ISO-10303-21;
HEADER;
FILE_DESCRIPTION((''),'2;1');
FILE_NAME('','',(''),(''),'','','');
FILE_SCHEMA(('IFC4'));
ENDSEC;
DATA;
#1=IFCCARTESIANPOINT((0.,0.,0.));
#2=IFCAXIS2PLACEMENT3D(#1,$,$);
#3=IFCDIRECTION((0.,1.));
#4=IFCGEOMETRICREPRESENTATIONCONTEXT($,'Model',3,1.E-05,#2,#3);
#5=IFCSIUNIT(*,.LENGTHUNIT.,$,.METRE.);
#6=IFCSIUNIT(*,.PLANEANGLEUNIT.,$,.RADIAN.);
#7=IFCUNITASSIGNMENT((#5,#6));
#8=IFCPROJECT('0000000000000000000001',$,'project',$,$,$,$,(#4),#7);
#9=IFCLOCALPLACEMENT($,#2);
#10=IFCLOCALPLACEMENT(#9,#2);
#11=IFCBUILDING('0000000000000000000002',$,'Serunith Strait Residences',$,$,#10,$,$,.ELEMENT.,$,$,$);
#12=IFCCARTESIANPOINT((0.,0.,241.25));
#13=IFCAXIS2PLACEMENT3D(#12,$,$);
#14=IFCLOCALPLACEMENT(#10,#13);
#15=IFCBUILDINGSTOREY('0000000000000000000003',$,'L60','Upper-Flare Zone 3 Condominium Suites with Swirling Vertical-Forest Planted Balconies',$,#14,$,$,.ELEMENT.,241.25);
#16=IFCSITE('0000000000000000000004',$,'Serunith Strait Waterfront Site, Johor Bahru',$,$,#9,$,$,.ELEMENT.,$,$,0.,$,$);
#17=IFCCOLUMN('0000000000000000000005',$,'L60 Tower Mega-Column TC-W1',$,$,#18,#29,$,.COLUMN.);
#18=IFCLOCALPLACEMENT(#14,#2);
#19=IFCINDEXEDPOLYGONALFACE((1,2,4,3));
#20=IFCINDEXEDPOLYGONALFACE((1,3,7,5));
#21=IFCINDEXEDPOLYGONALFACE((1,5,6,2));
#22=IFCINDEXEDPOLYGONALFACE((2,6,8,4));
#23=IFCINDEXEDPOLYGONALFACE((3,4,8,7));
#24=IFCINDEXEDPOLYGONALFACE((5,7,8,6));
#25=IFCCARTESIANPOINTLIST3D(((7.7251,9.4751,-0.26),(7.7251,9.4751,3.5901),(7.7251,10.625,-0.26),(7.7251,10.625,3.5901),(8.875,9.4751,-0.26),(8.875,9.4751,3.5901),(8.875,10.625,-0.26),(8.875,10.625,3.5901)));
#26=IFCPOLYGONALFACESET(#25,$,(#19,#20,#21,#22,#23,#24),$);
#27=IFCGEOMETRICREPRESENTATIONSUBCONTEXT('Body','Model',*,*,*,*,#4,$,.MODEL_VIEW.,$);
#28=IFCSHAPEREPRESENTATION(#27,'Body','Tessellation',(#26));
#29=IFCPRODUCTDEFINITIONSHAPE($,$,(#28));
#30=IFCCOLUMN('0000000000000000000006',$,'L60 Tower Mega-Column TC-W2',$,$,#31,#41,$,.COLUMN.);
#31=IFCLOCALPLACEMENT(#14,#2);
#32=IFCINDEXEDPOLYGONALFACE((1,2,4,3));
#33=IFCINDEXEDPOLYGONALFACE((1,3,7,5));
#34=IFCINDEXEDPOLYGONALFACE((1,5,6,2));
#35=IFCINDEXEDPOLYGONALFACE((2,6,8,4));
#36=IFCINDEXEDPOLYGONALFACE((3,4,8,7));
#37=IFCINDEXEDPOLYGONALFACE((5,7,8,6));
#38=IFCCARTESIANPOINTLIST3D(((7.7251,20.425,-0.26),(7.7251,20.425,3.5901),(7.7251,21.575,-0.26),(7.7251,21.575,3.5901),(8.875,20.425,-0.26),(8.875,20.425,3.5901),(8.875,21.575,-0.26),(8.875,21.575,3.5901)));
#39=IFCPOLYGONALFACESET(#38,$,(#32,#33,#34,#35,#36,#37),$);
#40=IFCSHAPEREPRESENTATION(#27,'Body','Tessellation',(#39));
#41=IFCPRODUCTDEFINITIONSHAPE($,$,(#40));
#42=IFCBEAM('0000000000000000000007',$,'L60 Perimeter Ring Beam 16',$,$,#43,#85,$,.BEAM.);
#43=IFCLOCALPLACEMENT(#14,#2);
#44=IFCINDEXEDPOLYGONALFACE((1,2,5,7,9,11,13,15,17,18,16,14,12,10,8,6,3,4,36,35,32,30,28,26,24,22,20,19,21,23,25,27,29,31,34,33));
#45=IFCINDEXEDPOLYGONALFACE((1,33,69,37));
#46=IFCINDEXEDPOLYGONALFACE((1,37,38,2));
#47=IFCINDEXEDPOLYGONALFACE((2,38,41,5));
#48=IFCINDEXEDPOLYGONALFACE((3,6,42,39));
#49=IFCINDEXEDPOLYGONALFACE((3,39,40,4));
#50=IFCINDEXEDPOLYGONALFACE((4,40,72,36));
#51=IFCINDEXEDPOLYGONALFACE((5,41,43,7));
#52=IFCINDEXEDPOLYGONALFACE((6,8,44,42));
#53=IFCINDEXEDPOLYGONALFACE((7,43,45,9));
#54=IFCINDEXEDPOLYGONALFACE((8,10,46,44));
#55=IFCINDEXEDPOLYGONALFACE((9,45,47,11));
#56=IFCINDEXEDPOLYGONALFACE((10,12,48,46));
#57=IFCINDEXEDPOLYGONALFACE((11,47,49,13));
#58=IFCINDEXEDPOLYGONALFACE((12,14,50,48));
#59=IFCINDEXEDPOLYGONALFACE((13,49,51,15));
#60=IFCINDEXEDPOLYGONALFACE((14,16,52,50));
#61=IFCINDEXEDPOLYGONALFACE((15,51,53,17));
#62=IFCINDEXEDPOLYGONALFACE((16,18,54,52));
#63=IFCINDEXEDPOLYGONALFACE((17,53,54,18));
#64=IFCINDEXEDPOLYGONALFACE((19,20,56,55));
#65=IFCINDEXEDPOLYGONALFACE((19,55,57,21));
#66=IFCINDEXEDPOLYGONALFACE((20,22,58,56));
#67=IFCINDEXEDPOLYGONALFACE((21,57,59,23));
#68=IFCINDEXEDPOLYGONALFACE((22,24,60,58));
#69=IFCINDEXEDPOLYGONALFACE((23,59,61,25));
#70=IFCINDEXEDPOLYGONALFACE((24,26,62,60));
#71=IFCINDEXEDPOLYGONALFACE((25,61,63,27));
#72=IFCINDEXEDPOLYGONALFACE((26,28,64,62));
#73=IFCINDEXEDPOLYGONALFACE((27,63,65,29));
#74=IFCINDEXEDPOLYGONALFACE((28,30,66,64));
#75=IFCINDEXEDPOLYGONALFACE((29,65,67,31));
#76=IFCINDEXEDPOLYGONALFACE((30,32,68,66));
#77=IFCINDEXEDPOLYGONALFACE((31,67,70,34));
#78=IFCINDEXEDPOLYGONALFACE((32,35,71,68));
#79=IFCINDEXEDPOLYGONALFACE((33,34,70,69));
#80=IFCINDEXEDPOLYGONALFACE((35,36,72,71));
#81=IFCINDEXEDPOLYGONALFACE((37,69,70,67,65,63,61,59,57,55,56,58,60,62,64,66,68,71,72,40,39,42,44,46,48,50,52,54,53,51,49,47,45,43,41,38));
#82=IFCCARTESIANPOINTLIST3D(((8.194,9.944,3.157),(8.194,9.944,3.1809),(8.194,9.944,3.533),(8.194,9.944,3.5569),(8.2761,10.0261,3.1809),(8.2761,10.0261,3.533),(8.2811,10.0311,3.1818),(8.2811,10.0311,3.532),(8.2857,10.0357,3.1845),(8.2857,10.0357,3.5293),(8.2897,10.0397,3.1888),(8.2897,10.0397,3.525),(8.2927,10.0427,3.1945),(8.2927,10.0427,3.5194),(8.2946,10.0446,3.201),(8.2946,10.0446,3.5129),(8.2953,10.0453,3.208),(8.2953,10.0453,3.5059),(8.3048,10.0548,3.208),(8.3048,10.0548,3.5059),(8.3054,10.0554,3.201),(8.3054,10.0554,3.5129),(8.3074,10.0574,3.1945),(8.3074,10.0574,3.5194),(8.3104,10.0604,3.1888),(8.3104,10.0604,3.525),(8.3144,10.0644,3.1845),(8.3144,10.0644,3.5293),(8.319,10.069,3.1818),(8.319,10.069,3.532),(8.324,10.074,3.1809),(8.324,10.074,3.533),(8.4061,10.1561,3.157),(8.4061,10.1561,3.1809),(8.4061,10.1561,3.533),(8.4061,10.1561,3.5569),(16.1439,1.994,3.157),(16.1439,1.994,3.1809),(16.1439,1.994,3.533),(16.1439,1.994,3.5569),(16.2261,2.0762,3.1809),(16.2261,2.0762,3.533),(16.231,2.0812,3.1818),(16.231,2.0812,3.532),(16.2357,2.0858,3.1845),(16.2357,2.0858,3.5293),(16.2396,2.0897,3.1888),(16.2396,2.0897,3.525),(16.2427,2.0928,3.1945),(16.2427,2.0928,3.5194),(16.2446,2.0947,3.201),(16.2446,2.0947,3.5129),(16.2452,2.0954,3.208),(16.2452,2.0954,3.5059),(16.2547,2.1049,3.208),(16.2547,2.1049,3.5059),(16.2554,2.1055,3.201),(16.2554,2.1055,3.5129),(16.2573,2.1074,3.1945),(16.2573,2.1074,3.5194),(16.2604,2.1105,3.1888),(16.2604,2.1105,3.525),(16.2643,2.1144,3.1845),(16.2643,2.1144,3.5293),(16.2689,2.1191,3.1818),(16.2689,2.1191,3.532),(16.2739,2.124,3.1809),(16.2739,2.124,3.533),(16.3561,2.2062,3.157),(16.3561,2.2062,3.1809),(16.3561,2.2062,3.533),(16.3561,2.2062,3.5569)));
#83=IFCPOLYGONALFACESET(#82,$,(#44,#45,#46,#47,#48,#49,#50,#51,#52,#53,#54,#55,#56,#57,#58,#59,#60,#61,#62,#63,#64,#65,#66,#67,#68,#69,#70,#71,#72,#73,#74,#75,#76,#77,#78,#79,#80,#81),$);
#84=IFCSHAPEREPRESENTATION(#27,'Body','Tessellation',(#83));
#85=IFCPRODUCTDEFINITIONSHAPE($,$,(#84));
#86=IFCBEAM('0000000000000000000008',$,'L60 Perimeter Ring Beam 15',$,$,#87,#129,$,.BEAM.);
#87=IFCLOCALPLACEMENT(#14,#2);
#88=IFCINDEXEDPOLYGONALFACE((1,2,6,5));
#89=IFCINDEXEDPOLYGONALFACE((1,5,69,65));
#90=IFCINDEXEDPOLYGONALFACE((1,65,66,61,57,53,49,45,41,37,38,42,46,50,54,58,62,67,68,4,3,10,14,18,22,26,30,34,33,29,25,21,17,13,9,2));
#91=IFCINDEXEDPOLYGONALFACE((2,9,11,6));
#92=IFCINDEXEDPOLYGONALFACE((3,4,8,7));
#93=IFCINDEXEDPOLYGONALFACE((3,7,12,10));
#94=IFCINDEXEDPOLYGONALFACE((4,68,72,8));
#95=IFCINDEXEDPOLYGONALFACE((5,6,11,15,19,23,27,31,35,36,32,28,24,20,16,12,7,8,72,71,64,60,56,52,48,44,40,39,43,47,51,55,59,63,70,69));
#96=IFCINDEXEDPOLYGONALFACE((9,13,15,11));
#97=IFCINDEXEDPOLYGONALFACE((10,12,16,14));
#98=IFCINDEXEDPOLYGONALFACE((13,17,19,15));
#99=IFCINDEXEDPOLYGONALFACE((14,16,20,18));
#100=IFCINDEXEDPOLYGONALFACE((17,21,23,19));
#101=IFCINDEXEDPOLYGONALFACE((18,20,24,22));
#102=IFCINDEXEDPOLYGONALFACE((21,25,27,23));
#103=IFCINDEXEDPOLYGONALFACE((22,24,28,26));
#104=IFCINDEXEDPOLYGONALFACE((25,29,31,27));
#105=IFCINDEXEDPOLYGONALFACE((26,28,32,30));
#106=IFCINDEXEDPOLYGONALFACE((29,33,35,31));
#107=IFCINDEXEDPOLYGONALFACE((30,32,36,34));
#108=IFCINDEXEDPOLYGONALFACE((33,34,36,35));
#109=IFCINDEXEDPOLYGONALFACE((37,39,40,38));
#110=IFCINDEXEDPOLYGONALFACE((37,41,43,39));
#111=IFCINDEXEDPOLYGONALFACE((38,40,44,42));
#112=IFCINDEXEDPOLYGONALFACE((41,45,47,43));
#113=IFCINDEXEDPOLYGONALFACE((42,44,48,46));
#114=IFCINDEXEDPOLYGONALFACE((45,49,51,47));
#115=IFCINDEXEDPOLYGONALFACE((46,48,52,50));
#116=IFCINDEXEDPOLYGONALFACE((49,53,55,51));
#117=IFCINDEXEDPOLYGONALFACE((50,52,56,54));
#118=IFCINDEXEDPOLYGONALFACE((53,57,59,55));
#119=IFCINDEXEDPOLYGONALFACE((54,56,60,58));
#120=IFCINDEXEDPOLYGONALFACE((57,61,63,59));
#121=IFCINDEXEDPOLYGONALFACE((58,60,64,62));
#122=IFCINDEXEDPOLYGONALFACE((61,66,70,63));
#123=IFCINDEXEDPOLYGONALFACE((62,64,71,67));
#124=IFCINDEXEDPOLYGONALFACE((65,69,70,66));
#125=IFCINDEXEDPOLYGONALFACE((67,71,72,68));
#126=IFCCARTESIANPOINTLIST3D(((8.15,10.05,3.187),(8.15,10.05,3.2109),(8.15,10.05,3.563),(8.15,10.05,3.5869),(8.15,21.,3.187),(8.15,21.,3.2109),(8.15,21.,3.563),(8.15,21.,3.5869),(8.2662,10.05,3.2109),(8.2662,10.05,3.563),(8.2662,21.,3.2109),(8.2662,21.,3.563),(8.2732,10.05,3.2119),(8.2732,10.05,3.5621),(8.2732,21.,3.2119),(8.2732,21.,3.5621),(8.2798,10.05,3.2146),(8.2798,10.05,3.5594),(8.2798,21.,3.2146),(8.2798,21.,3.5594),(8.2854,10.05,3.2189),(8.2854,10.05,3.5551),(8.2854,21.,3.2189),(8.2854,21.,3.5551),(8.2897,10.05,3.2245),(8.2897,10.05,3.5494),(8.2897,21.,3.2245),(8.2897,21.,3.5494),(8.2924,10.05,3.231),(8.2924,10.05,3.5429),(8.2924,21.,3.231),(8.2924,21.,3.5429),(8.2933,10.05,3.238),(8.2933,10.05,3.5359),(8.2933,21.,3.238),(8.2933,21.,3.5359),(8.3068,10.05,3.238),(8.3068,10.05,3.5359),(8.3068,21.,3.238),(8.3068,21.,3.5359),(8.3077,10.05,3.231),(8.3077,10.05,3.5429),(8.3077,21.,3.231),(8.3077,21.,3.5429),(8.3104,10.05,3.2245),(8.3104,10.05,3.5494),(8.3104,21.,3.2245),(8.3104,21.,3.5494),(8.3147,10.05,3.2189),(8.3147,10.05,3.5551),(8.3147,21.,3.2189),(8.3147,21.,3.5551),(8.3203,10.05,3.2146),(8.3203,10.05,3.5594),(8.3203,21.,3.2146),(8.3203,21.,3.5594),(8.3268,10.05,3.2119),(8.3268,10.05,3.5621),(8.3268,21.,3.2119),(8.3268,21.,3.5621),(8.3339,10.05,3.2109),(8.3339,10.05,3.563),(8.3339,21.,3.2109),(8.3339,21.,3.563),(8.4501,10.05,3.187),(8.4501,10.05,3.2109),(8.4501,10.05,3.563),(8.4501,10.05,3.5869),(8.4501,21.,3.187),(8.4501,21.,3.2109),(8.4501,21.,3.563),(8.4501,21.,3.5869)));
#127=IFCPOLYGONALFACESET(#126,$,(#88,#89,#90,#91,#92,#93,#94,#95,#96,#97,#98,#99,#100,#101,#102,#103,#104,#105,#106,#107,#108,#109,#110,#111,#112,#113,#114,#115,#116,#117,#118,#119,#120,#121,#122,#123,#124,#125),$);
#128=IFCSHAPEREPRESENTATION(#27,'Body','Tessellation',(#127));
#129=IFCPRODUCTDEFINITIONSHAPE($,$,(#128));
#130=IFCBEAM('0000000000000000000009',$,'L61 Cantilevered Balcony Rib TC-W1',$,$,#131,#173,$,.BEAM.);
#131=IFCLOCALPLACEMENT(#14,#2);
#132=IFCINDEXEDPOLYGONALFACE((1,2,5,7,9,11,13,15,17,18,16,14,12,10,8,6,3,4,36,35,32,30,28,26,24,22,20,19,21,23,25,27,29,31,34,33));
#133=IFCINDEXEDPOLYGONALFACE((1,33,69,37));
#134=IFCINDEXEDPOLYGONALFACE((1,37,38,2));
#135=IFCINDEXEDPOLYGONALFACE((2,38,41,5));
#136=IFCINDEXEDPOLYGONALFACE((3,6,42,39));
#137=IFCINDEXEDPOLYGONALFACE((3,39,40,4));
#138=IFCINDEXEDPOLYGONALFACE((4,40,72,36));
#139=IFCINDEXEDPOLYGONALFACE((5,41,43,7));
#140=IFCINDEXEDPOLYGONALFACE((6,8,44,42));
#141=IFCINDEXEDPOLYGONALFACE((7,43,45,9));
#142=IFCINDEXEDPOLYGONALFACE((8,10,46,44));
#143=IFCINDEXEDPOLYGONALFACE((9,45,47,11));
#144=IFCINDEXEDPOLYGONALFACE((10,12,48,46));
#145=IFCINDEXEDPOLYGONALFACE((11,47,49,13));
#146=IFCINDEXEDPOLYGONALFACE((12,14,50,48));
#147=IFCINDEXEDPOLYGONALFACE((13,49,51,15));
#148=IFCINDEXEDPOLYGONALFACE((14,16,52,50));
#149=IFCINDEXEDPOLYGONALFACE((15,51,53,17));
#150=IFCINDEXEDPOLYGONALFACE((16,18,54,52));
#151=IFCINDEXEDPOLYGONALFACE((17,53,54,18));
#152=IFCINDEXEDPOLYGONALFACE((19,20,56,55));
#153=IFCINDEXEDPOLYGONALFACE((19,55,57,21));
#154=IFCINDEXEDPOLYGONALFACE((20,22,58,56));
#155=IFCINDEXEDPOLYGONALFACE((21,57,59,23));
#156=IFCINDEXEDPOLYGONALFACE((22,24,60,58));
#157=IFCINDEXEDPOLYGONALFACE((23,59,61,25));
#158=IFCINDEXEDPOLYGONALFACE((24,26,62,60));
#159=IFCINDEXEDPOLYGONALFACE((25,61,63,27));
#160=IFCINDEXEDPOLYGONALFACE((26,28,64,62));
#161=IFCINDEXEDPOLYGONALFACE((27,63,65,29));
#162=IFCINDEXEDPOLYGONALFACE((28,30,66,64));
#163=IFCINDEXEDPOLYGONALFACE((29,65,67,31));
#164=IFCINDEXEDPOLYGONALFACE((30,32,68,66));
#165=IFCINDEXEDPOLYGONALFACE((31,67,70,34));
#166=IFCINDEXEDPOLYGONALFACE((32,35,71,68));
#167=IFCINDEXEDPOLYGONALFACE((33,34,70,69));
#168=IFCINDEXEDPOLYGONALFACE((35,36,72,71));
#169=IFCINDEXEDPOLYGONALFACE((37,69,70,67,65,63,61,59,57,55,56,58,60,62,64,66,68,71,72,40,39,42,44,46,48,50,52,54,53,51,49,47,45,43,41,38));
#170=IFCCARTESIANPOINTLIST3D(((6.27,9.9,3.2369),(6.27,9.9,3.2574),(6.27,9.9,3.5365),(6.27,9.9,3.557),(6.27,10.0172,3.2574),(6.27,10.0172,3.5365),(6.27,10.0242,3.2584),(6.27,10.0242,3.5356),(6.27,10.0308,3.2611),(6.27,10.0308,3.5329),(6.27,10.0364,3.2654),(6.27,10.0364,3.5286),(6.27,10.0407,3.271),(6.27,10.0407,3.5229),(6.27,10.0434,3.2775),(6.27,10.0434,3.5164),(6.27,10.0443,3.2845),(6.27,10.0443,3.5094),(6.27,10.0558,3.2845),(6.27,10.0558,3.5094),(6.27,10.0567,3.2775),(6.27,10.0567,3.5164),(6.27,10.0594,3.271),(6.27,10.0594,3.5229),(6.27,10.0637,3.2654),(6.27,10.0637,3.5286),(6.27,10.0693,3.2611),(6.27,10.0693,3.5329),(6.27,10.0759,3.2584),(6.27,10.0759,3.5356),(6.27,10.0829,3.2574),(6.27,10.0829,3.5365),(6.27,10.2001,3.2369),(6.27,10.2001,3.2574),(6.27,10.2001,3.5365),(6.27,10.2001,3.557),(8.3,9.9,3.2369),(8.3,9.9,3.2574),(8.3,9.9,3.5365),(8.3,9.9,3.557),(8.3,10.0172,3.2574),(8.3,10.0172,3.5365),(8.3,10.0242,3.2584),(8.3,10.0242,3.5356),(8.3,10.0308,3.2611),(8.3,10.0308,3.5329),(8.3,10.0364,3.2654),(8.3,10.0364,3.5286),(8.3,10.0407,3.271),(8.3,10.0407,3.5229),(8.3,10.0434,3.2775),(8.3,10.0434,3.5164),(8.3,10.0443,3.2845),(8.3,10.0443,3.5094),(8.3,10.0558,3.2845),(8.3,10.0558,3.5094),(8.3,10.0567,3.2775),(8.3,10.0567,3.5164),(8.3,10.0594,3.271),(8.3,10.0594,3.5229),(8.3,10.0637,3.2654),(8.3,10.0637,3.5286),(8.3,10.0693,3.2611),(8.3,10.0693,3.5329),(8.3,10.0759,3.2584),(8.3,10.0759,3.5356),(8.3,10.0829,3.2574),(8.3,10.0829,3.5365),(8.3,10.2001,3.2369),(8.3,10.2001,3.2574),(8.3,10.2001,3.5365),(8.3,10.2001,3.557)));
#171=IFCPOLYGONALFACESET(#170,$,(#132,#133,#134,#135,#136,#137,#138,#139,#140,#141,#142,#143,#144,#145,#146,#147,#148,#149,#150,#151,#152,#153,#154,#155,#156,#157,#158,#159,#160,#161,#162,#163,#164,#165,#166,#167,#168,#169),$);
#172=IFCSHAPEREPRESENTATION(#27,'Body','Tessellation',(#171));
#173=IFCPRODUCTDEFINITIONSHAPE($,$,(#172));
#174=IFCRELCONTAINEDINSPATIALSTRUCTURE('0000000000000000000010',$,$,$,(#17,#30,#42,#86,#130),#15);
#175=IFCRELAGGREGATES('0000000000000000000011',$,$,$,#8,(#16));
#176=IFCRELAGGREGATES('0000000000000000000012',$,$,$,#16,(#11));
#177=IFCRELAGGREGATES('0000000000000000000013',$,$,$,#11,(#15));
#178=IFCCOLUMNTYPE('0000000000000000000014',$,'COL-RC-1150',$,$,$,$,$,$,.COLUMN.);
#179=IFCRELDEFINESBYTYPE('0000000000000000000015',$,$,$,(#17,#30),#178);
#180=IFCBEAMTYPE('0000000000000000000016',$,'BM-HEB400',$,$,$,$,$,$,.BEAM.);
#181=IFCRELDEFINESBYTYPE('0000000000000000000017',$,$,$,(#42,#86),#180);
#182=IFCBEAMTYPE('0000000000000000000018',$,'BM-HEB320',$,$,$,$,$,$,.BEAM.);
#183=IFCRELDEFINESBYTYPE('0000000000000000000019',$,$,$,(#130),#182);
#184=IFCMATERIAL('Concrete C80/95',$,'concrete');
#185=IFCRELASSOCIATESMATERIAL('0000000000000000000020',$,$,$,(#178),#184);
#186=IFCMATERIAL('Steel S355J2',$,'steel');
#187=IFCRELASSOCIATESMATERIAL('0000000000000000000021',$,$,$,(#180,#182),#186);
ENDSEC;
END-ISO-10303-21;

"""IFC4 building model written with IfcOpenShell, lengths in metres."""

from ifc_helpers import new_model, si_unit, direction, frame, origin, origin_2d, place, context, subcontext, project, spatial, rectangle, i_section, extrude, source, transform, mapped, material, material_profile, profile_set, type_object, element, save


model = new_model("IFC4")

# Units and contexts
model_context = context("Model", 3, precision=1e-05, world=origin(), true_north=direction((0.0, 1.0)))
body_context = subcontext(model_context, "Body", "Model", "MODEL_VIEW")
ifc_project = project(units=[si_unit("LENGTHUNIT", "METRE"), si_unit("PLANEANGLEUNIT", "RADIAN")], contexts=[model_context])

# Site, building, storey
site_placement = place(None, origin())
site = spatial("IfcSite", under=ifc_project, at=site_placement, Name="Serunith Strait Waterfront Site, Johor Bahru", CompositionType="ELEMENT", RefElevation=0.0)
building_placement = place(site_placement, origin())
building = spatial("IfcBuilding", under=site, at=building_placement, Name="Serunith Strait Residences", CompositionType="ELEMENT")
storey_placement = place(building_placement, frame((0.0, 0.0, 241.25)))
storey = spatial("IfcBuildingStorey", under=building, at=storey_placement, Name="L60", Description="Upper-Flare Zone 3 Condominium Suites with Swirling Vertical-Forest Planted Balconies", CompositionType="ELEMENT", Elevation=241.25)

# Columns
ifc_material_1 = material(Name="Concrete C80/95", Category="concrete")
ifc_material_profile_1 = material_profile(ifc_material_1, rectangle(XDim=1.1499, YDim=1.1499, at=origin_2d()), Name="RC 1150x1150")
ifc_profile_set_1 = profile_set([ifc_material_profile_1], Name="Concrete C80/95")
column_type = type_object("IfcColumnType", Name="COL-RC-1150", PredefinedType="COLUMN", material=ifc_profile_set_1)
shared_shape_1 = source(origin(), body_context, "Body", "SweptSolid", [
    extrude(rectangle(XDim=1.1499, YDim=1.1499, at=origin_2d()), origin(), (0.0, 0.0, 1.0), 3.8501),
])
for number, where, z_axis, x_axis, name in (
    (1, (8.3, 10.05, -0.26), (0.0, 0.0, 1.0), (1.0, 0.0, 0.0), "L60 Tower Mega-Column TC-W1"),
    (2, (8.3, 21.0, -0.26), (0.0, 0.0, 1.0), (1.0, 0.0, 0.0), "L60 Tower Mega-Column TC-W2"),
):
    element("IfcColumn", number, at=place(storey_placement, frame(where, z_axis=z_axis, x_axis=x_axis)), inside=storey, type_object=column_type, Name=name, PredefinedType="COLUMN", context=body_context, shape_type="MappedRepresentation", body=[
        mapped(shared_shape_1, transform((0.0, 0.0, 0.0), scale=1.0)),
    ])

# Beams
ifc_material_2 = material(Name="Steel S355J2", Category="steel")
ifc_material_profile_2 = material_profile(ifc_material_2, i_section(OverallWidth=0.3, OverallDepth=0.3999, WebThickness=0.0134, FlangeThickness=0.0239, FilletRadius=0.0271, at=origin_2d()), Name="HEB 400")
ifc_profile_set_2 = profile_set([ifc_material_profile_2], Name="Steel S355J2")
beam_type_1 = type_object("IfcBeamType", Name="BM-HEB400", PredefinedType="BEAM", material=ifc_profile_set_2)
shared_shape_2 = source(origin(), body_context, "Body", "SweptSolid", [
    extrude(i_section(OverallWidth=0.3, OverallDepth=0.3999, WebThickness=0.0134, FlangeThickness=0.0239, FilletRadius=0.0271, at=origin_2d()), origin(), (0.0, 0.0, 1.0), 11.2429),
])
beam_1_placement = place(storey_placement, frame((8.3, 10.05, 3.3569), z_axis=(0.707107, -0.707107, 0.0), x_axis=(0.707107, 0.707107, 0.0)))
element("IfcBeam", 3, at=beam_1_placement, inside=storey, type_object=beam_type_1, Name="L60 Perimeter Ring Beam 16", PredefinedType="BEAM", context=body_context, shape_type="MappedRepresentation", body=[
    mapped(shared_shape_2, transform((0.0, 0.0, 0.0), scale=1.0)),
])
shared_shape_3 = source(origin(), body_context, "Body", "SweptSolid", [
    extrude(i_section(OverallWidth=0.3, OverallDepth=0.3999, WebThickness=0.0134, FlangeThickness=0.0239, FilletRadius=0.0271, at=origin_2d()), origin(), (0.0, 0.0, 1.0), 10.95),
])
beam_2_placement = place(storey_placement, frame((8.3, 21.0, 3.387), z_axis=(0.0, -1.0, 0.0), x_axis=(1.0, 0.0, 0.0)))
element("IfcBeam", 4, at=beam_2_placement, inside=storey, type_object=beam_type_1, Name="L60 Perimeter Ring Beam 15", PredefinedType="BEAM", context=body_context, shape_type="MappedRepresentation", body=[
    mapped(shared_shape_3, transform((0.0, 0.0, 0.0), scale=1.0)),
])
ifc_material_profile_3 = material_profile(ifc_material_2, i_section(OverallWidth=0.3, OverallDepth=0.3201, WebThickness=0.0115, FlangeThickness=0.0205, FilletRadius=0.0271, at=origin_2d()), Name="HEB 320")
ifc_profile_set_3 = profile_set([ifc_material_profile_3], Name="Steel S355J2")
beam_type_2 = type_object("IfcBeamType", Name="BM-HEB320", PredefinedType="BEAM", material=ifc_profile_set_3)
shared_shape_4 = source(origin(), body_context, "Body", "SweptSolid", [
    extrude(i_section(OverallWidth=0.3, OverallDepth=0.3201, WebThickness=0.0115, FlangeThickness=0.0205, FilletRadius=0.0271, at=origin_2d()), origin(), (0.0, 0.0, 1.0), 2.03),
])
for number, where, z_axis, x_axis, name in (
    (5, (8.3, 10.05, 3.397), (-1.0, 0.0, 0.0), (0.0, -1.0, 0.0), "L61 Cantilevered Balcony Rib TC-W1"),
):
    element("IfcBeam", number, at=place(storey_placement, frame(where, z_axis=z_axis, x_axis=x_axis)), inside=storey, type_object=beam_type_2, Name=name, PredefinedType="BEAM", context=body_context, shape_type="MappedRepresentation", body=[
        mapped(shared_shape_4, transform((0.0, 0.0, 0.0), scale=1.0)),
    ])

save(model, "model.ifc")
